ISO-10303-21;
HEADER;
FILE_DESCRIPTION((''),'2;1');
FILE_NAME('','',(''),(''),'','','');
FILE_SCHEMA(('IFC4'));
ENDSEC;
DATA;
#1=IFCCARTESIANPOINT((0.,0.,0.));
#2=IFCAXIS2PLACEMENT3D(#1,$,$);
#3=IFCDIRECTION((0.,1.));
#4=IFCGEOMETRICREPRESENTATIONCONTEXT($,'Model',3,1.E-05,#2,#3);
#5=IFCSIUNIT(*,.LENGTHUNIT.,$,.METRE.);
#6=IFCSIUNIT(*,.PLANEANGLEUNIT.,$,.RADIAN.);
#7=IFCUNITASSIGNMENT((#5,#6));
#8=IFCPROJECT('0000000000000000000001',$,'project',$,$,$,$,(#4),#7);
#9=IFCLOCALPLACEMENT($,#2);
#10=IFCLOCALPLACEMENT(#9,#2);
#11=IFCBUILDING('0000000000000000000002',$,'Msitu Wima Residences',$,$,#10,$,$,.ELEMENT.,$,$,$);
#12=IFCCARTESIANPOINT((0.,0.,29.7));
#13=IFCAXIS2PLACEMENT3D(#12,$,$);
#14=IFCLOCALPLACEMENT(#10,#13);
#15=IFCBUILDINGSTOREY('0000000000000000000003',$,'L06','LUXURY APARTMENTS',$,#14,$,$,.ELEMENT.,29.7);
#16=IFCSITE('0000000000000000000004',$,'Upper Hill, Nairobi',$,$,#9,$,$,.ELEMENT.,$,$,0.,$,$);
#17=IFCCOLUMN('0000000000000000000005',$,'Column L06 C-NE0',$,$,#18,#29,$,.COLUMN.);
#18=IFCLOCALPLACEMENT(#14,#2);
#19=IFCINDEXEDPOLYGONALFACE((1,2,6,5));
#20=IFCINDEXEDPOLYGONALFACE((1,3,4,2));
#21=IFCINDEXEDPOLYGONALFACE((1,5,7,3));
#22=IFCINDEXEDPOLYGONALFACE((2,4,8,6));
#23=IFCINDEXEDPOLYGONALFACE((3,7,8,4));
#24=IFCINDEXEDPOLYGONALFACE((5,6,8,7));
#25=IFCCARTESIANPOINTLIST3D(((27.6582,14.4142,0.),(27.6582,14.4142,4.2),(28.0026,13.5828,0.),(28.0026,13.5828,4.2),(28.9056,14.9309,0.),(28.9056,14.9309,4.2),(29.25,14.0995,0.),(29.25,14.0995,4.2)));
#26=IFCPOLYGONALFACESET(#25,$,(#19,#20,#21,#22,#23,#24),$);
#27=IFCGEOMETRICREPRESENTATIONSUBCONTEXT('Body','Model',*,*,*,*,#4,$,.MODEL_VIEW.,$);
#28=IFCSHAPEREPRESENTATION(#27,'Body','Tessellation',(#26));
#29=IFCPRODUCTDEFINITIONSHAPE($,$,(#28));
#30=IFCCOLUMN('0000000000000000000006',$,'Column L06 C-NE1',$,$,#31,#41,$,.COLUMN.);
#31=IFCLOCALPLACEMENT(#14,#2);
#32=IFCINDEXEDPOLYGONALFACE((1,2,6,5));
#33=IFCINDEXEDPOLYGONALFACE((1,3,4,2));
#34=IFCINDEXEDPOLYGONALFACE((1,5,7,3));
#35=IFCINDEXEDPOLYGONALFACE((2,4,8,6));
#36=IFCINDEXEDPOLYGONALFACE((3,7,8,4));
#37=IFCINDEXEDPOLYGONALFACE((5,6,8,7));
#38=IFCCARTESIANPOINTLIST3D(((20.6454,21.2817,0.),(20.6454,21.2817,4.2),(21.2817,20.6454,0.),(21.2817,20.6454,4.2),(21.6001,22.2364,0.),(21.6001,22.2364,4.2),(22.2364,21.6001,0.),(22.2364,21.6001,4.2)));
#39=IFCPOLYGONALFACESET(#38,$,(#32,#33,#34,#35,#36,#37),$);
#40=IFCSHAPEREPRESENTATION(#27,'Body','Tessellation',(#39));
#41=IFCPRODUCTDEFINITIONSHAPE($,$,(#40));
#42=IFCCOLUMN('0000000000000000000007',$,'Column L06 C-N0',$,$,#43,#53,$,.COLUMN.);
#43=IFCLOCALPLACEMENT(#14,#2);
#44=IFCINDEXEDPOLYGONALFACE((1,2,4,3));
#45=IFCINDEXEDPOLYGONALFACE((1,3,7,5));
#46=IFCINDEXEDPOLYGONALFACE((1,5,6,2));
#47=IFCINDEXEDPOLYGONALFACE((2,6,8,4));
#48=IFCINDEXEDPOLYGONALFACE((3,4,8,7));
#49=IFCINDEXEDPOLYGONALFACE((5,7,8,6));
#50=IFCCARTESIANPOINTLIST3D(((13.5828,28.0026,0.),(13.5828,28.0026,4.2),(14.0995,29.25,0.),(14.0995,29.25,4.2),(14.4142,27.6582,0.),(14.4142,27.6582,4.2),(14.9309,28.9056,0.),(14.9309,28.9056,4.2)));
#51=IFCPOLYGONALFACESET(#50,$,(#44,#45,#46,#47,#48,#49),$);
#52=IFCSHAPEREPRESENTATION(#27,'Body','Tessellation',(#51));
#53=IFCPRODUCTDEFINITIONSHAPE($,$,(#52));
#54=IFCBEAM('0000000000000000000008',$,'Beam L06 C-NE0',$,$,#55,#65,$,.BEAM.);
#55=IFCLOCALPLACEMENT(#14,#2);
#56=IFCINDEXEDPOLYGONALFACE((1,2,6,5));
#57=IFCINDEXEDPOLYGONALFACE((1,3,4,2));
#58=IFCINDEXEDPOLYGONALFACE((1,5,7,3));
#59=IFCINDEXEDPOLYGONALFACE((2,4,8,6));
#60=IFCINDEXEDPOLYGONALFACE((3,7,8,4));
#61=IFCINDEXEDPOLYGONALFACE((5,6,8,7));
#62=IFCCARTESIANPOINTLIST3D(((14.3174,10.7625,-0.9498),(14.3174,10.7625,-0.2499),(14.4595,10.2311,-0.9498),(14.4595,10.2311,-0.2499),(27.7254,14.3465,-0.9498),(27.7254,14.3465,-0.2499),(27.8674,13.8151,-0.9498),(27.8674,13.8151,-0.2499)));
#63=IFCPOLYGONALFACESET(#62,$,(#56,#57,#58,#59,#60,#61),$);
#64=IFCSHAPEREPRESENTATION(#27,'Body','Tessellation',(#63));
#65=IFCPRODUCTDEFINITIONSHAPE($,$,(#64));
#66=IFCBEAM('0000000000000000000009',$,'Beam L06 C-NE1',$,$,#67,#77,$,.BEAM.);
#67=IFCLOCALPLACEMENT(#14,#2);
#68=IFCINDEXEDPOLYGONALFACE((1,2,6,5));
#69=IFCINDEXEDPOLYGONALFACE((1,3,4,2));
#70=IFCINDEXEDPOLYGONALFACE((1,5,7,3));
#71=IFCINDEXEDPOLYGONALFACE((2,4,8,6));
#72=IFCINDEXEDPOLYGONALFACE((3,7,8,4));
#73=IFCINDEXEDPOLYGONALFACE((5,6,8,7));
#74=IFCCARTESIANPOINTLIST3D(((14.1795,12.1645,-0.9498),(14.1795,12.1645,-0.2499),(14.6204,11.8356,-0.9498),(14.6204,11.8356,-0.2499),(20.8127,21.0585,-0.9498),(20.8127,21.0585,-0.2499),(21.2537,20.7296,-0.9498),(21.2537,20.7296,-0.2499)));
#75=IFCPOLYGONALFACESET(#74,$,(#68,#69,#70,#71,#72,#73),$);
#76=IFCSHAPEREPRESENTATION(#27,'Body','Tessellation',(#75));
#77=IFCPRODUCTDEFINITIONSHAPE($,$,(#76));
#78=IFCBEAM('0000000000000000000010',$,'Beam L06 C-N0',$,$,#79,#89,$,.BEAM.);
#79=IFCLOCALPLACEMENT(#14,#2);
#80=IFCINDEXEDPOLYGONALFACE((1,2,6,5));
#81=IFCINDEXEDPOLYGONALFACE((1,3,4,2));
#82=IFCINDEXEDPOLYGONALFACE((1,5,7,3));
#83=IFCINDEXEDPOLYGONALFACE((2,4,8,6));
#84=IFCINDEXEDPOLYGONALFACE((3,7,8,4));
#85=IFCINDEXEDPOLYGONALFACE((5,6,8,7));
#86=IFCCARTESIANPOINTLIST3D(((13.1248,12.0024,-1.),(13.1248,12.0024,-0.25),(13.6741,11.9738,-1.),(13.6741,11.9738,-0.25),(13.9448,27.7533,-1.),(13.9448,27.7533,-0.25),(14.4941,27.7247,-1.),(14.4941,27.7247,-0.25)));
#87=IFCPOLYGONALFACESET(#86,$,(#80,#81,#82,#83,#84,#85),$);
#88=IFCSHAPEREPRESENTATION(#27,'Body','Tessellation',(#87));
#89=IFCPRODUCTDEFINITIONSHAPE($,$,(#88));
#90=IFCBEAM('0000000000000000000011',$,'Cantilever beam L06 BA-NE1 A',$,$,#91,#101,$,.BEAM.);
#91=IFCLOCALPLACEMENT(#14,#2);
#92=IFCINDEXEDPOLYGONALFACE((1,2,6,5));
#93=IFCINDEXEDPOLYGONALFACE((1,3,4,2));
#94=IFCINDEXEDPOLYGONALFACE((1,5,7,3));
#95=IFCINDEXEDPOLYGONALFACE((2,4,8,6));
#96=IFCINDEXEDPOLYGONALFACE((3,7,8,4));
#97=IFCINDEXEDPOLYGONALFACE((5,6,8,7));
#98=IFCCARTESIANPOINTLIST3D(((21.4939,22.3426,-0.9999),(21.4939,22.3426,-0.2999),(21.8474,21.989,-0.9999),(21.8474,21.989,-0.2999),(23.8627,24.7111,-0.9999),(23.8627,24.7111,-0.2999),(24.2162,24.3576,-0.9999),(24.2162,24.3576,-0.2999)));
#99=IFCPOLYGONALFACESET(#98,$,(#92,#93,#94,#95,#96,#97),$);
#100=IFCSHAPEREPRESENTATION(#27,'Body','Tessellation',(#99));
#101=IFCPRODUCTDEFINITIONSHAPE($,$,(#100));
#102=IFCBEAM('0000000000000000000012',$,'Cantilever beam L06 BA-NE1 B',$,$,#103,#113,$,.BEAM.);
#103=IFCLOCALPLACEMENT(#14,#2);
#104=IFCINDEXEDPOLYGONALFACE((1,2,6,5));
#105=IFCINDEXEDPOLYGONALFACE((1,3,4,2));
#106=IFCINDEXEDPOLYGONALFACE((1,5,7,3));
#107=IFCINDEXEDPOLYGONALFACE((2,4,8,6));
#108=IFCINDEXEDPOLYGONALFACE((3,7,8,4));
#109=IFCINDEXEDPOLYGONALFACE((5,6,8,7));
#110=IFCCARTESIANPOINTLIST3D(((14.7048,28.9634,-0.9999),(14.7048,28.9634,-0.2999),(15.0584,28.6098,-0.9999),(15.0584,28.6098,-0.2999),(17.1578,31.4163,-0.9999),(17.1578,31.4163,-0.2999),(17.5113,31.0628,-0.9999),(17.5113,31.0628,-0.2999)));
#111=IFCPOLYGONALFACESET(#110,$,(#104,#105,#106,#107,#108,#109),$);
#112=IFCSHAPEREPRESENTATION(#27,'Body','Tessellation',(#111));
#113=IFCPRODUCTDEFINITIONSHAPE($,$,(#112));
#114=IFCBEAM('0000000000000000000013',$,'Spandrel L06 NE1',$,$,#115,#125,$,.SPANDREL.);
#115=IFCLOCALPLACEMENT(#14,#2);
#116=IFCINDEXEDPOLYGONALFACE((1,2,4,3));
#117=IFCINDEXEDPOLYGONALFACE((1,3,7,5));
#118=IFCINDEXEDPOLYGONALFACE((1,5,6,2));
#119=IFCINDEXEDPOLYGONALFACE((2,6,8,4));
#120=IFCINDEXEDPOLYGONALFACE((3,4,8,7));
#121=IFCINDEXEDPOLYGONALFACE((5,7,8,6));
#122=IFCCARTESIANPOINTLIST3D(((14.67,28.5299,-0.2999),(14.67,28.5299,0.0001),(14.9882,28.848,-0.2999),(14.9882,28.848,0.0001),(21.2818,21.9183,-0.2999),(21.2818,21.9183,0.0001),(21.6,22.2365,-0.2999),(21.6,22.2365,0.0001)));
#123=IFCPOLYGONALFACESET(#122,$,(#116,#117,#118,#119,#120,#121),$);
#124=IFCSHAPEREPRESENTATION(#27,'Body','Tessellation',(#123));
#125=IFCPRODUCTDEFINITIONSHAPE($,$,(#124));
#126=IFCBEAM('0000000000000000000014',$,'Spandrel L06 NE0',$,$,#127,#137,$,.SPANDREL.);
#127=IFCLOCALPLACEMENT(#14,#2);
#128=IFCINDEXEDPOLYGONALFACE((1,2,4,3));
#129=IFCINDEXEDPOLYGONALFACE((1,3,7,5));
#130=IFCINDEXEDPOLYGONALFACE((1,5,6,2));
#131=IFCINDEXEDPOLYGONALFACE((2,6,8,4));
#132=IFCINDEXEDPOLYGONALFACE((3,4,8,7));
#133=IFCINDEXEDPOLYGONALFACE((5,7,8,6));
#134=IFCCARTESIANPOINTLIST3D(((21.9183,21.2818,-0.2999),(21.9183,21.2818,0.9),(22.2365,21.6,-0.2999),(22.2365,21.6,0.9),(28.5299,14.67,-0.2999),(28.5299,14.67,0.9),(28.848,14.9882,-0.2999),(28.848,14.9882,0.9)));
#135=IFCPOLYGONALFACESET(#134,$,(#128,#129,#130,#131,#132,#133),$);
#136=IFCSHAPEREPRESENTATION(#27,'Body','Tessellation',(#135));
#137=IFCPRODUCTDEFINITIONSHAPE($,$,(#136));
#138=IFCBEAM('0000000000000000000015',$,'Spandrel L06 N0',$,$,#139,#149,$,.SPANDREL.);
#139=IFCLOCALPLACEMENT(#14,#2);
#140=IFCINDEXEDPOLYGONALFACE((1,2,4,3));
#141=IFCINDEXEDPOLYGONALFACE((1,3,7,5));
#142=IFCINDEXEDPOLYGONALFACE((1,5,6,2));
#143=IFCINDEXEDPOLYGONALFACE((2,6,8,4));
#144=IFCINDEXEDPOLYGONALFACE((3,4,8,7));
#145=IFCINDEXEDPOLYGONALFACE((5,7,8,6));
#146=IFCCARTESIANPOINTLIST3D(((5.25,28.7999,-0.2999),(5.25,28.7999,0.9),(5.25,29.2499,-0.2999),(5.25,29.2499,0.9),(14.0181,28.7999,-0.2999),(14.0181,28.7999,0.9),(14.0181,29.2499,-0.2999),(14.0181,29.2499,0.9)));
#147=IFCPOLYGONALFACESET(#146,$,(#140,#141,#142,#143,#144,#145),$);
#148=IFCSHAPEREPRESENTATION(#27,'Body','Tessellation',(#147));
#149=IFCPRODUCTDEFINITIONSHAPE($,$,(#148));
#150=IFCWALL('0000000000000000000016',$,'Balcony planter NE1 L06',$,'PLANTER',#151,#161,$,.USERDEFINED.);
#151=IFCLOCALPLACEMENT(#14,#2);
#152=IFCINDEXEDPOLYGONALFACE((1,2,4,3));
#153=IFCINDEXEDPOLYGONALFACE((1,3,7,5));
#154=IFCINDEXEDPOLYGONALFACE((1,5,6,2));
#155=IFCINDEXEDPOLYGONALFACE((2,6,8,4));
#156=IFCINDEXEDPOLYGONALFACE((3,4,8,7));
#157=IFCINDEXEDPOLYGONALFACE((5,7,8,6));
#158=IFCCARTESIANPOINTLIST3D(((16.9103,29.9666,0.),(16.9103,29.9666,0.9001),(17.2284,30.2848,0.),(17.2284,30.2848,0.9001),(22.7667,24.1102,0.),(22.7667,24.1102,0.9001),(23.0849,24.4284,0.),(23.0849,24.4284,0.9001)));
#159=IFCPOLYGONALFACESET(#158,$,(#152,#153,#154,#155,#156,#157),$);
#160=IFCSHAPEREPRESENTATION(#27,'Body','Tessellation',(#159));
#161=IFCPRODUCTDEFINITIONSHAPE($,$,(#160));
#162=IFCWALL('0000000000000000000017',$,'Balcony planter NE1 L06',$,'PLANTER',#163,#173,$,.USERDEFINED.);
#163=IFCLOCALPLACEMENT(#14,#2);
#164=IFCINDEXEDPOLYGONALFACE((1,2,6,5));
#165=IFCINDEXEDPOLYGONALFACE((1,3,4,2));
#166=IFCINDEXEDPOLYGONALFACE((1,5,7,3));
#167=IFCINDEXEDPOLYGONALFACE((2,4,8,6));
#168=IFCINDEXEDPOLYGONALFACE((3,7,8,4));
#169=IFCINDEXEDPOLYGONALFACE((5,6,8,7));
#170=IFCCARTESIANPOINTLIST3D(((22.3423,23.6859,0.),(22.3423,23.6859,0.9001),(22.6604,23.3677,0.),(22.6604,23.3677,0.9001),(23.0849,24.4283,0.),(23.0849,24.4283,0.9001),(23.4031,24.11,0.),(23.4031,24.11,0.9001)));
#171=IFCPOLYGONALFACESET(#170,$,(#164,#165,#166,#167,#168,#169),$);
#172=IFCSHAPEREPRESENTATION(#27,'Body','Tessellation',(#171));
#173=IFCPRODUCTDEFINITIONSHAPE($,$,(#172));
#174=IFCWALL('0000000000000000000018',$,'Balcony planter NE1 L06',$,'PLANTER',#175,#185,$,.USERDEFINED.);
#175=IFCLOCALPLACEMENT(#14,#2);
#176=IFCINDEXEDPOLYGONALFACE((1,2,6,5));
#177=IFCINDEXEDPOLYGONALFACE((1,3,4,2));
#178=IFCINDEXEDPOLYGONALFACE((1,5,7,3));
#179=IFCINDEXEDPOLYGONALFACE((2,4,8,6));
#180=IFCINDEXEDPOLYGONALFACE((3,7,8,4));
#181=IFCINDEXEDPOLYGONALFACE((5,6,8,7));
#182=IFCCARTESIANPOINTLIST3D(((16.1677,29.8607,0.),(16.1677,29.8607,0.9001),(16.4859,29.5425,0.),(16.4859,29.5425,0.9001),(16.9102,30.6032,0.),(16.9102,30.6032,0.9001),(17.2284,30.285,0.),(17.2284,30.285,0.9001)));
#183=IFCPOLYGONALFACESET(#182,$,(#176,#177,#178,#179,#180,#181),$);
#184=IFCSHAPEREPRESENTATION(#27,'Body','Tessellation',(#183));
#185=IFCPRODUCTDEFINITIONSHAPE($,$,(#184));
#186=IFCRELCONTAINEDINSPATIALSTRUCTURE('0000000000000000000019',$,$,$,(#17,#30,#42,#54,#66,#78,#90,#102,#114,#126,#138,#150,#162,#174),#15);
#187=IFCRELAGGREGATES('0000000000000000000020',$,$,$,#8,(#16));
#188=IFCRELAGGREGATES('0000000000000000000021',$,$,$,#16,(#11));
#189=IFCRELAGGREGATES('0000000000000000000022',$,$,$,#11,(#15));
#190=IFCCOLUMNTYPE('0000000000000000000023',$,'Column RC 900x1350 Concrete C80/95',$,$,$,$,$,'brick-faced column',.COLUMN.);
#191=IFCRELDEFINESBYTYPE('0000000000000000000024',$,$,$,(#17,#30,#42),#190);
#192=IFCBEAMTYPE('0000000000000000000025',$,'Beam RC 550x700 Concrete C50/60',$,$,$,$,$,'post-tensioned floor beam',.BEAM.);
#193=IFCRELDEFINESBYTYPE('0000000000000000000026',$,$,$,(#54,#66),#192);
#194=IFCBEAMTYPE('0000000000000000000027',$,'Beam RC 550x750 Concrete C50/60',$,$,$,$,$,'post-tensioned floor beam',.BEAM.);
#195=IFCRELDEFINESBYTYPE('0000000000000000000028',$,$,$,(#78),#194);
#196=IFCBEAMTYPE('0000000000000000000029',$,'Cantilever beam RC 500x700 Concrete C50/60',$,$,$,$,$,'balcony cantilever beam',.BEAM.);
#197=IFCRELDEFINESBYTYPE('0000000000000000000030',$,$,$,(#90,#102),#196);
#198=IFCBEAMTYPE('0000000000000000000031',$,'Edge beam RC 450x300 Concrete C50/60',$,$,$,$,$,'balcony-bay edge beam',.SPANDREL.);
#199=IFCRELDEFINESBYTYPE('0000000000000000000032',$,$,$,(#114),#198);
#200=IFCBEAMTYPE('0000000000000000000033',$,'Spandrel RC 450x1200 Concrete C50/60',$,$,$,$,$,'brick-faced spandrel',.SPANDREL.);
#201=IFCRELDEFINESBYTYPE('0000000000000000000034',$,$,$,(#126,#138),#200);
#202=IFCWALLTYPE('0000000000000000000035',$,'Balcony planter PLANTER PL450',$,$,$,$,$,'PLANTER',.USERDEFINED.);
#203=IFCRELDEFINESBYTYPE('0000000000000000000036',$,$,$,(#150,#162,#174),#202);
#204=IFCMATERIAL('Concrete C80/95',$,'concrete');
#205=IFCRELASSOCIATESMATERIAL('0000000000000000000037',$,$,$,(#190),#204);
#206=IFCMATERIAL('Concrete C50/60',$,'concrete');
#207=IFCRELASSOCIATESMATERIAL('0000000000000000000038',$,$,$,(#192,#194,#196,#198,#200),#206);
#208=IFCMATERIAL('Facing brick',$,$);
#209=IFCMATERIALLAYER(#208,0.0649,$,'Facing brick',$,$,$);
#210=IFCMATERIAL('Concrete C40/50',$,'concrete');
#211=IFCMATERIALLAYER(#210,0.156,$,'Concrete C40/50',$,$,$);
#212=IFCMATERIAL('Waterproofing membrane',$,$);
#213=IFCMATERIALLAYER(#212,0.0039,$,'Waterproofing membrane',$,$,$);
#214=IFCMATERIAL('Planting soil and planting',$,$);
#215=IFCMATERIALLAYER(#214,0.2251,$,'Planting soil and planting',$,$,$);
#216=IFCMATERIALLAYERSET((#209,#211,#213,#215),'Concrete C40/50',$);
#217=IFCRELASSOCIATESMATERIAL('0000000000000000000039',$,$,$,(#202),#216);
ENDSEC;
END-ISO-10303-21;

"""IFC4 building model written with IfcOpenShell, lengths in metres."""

from ifc_helpers import new_model, si_unit, direction, frame, frame_2d, origin, origin_2d, place, context, subcontext, project, spatial, rectangle, extrude, material, layer, layer_set, material_profile, profile_set, type_object, element, save


model = new_model("IFC4")

# Units and contexts
model_context = context("Model", 3, precision=1e-05, world=origin(), true_north=direction((0.0, 1.0)))
body_context = subcontext(model_context, "Body", "Model", "MODEL_VIEW")
ifc_project = project(units=[si_unit("LENGTHUNIT", "METRE"), si_unit("PLANEANGLEUNIT", "RADIAN")], contexts=[model_context])

# Site, building, storey
site_placement = place(None, origin())
site = spatial("IfcSite", under=ifc_project, at=site_placement, Name="Upper Hill, Nairobi", CompositionType="ELEMENT", RefElevation=0.0)
building_placement = place(site_placement, origin())
building = spatial("IfcBuilding", under=site, at=building_placement, Name="Msitu Wima Residences", CompositionType="ELEMENT")
storey_placement = place(building_placement, frame((0.0, 0.0, 29.7)))
storey = spatial("IfcBuildingStorey", under=building, at=storey_placement, Name="L06", Description="LUXURY APARTMENTS", CompositionType="ELEMENT", Elevation=29.7)

# Columns
ifc_material_1 = material(Name="Concrete C80/95", Category="concrete")
ifc_material_profile_1 = material_profile(ifc_material_1, rectangle(XDim=0.8999, YDim=1.3501, at=origin_2d()), Name="RC 900x1350")
ifc_profile_set_1 = profile_set([ifc_material_profile_1], Name="Concrete C80/95")
column_type = type_object("IfcColumnType", Name="Column RC 900x1350 Concrete C80/95", ElementType="brick-faced column", PredefinedType="COLUMN", material=ifc_profile_set_1)
for number, where, z_axis, x_axis, name in (
    (1, (28.4541, 14.2568, 0.0), (0.0, 0.0, 1.0), (-0.382683, 0.92388, 0.0), "Column L06 C-NE0"),
    (2, (21.4409, 21.4409, 0.0), (0.0, 0.0, 1.0), (-0.707107, 0.707107, 0.0), "Column L06 C-NE1"),
    (3, (14.2568, 28.4541, 0.0), (0.0, 0.0, 1.0), (-0.92388, 0.382683, 0.0), "Column L06 C-N0"),
):
    element("IfcColumn", number, at=place(storey_placement, frame(where, z_axis=z_axis, x_axis=x_axis)), inside=storey, type_object=column_type, Name=name, PredefinedType="COLUMN", context=body_context, shape_type="SweptSolid", body=[
        extrude(rectangle(XDim=0.8999, YDim=1.3501, at=origin_2d()), origin(), (0.0, 0.0, 1.0), 4.2),
    ])

# Beams
ifc_material_2 = material(Name="Concrete C50/60", Category="concrete")
ifc_material_profile_2 = material_profile(ifc_material_2, rectangle(XDim=0.55, YDim=0.7, at=origin_2d()), Name="RC 550x700")
ifc_profile_set_2 = profile_set([ifc_material_profile_2], Name="Concrete C50/60")
beam_type_1 = type_object("IfcBeamType", Name="Beam RC 550x700 Concrete C50/60", ElementType="post-tensioned floor beam", PredefinedType="BEAM", material=ifc_profile_set_2)
beam_1_placement = place(storey_placement, frame((27.7964, 14.0808, -0.5999), z_axis=(-0.966082, -0.258236, 0.0), x_axis=(0.258236, -0.966082, 0.0)))
element("IfcBeam", 4, at=beam_1_placement, inside=storey, type_object=beam_type_1, Name="Beam L06 C-NE0", PredefinedType="BEAM", context=body_context, shape_type="SweptSolid", body=[
    extrude(rectangle(XDim=0.55, YDim=0.7, at=origin_2d()), origin(), (0.0, 0.0, 1.0), 13.8787),
])
beam_2_placement = place(storey_placement, frame((21.0332, 20.894, -0.5999), z_axis=(-0.59785, -0.801608, 0.0), x_axis=(0.801608, -0.59785, 0.0)))
element("IfcBeam", 5, at=beam_2_placement, inside=storey, type_object=beam_type_1, Name="Beam L06 C-NE1", PredefinedType="BEAM", context=body_context, shape_type="SweptSolid", body=[
    extrude(rectangle(XDim=0.55, YDim=0.7, at=origin_2d()), origin(), (0.0, 0.0, 1.0), 11.0952),
])
ifc_material_profile_3 = material_profile(ifc_material_2, rectangle(XDim=0.55, YDim=0.75, at=origin_2d()), Name="RC 550x750")
ifc_profile_set_3 = profile_set([ifc_material_profile_3], Name="Concrete C50/60")
beam_type_2 = type_object("IfcBeamType", Name="Beam RC 550x750 Concrete C50/60", ElementType="post-tensioned floor beam", PredefinedType="BEAM", material=ifc_profile_set_3)
beam_3_placement = place(storey_placement, frame((14.2195, 27.739, -0.625), z_axis=(-0.051994, -0.998647, 0.0), x_axis=(0.998647, -0.051994, 0.0)))
element("IfcBeam", 6, at=beam_3_placement, inside=storey, type_object=beam_type_2, Name="Beam L06 C-N0", PredefinedType="BEAM", context=body_context, shape_type="SweptSolid", body=[
    extrude(rectangle(XDim=0.55, YDim=0.75, at=origin_2d()), origin(), (0.0, 0.0, 1.0), 15.7722),
])
ifc_material_profile_4 = material_profile(ifc_material_2, rectangle(XDim=0.5, YDim=0.7, at=origin_2d()), Name="RC 500x700")
ifc_profile_set_4 = profile_set([ifc_material_profile_4], Name="Concrete C50/60")
beam_type_3 = type_object("IfcBeamType", Name="Cantilever beam RC 500x700 Concrete C50/60", ElementType="balcony cantilever beam", PredefinedType="BEAM", material=ifc_profile_set_4)
beam_4_placement = place(storey_placement, frame((21.6707, 22.1658, -0.6499), z_axis=(0.707143, 0.70707, 0.0), x_axis=(-0.70707, 0.707143, 0.0)))
element("IfcBeam", 7, at=beam_4_placement, inside=storey, type_object=beam_type_3, Name="Cantilever beam L06 BA-NE1 A", PredefinedType="BEAM", context=body_context, shape_type="SweptSolid", body=[
    extrude(rectangle(XDim=0.5, YDim=0.7, at=origin_2d()), origin(), (0.0, 0.0, 1.0), 3.3499),
])
beam_5_placement = place(storey_placement, frame((14.8816, 28.7866, -0.6499), z_axis=(0.707107, 0.707107, 0.0), x_axis=(-0.707107, 0.707107, 0.0)))
element("IfcBeam", 8, at=beam_5_placement, inside=storey, type_object=beam_type_3, Name="Cantilever beam L06 BA-NE1 B", PredefinedType="BEAM", context=body_context, shape_type="SweptSolid", body=[
    extrude(rectangle(XDim=0.5, YDim=0.7, at=origin_2d()), origin(), (0.0, 0.0, 1.0), 3.469),
])
ifc_material_profile_5 = material_profile(ifc_material_2, rectangle(XDim=0.45, YDim=0.3, at=origin_2d()), Name="RC 450x300")
ifc_profile_set_5 = profile_set([ifc_material_profile_5], Name="Concrete C50/60")
beam_type_4 = type_object("IfcBeamType", Name="Edge beam RC 450x300 Concrete C50/60", ElementType="balcony-bay edge beam", PredefinedType="SPANDREL", material=ifc_profile_set_5)
beam_6_placement = place(storey_placement, frame((21.4409, 22.0774, -0.1499), z_axis=(-0.70712, 0.707094, 0.0), x_axis=(-0.707094, -0.70712, 0.0)))
element("IfcBeam", 9, at=beam_6_placement, inside=storey, type_object=beam_type_4, Name="Spandrel L06 NE1", PredefinedType="SPANDREL", context=body_context, shape_type="SweptSolid", body=[
    extrude(rectangle(XDim=0.45, YDim=0.3, at=origin_2d()), origin(), (0.0, 0.0, 1.0), 9.3503),
])
ifc_material_profile_6 = material_profile(ifc_material_2, rectangle(XDim=0.45, YDim=1.2, at=origin_2d()), Name="RC 450x1200")
ifc_profile_set_6 = profile_set([ifc_material_profile_6], Name="Concrete C50/60")
beam_type_5 = type_object("IfcBeamType", Name="Spandrel RC 450x1200 Concrete C50/60", ElementType="brick-faced spandrel", PredefinedType="SPANDREL", material=ifc_profile_set_6)
beam_7_placement = place(storey_placement, frame((28.689, 14.8291, 0.3), z_axis=(-0.707094, 0.70712, 0.0), x_axis=(-0.70712, -0.707094, 0.0)))
element("IfcBeam", 10, at=beam_7_placement, inside=storey, type_object=beam_type_5, Name="Spandrel L06 NE0", PredefinedType="SPANDREL", context=body_context, shape_type="SweptSolid", body=[
    extrude(rectangle(XDim=0.45, YDim=1.2, at=origin_2d()), origin(), (0.0, 0.0, 1.0), 9.3503),
])
beam_8_placement = place(storey_placement, frame((14.0181, 29.0249, 0.3), z_axis=(-1.0, 0.0, 0.0), x_axis=(0.0, -1.0, 0.0)))
element("IfcBeam", 11, at=beam_8_placement, inside=storey, type_object=beam_type_5, Name="Spandrel L06 N0", PredefinedType="SPANDREL", context=body_context, shape_type="SweptSolid", body=[
    extrude(rectangle(XDim=0.45, YDim=1.2, at=origin_2d()), origin(), (0.0, 0.0, 1.0), 8.7681),
])

# Walls
ifc_material_3 = material(Name="Facing brick")
ifc_layer_1 = layer(ifc_material_3, 0.0649, Name="Facing brick")
ifc_material_4 = material(Name="Concrete C40/50", Category="concrete")
ifc_layer_2 = layer(ifc_material_4, 0.156, Name="Concrete C40/50")
ifc_material_5 = material(Name="Waterproofing membrane")
ifc_layer_3 = layer(ifc_material_5, 0.0039, Name="Waterproofing membrane")
ifc_material_6 = material(Name="Planting soil and planting")
ifc_layer_4 = layer(ifc_material_6, 0.2251, Name="Planting soil and planting")
ifc_layer_set_1 = layer_set([ifc_layer_1, ifc_layer_2, ifc_layer_3, ifc_layer_4], Name="Concrete C40/50")
wall_type_1 = type_object("IfcWallType", Name="Balcony planter PLANTER PL450", ElementType="PLANTER", PredefinedType="USERDEFINED", material=ifc_layer_set_1)
wall_1_placement = place(storey_placement, frame((22.9258, 24.2693, 0.0), z_axis=(0.0, 0.0, 1.0), x_axis=(-0.707107, 0.707107, 0.0)))
element("IfcWall", 12, at=wall_1_placement, inside=storey, type_object=wall_type_1, Name="Balcony planter NE1 L06", ObjectType="PLANTER", PredefinedType="USERDEFINED", context=body_context, shape_type="SweptSolid", body=[
    extrude(rectangle(XDim=8.2822, YDim=0.45, at=frame_2d((4.1411, 0.0))), origin(), (0.0, 0.0, 1.0), 0.9001),
])
for number, where, z_axis, x_axis, name in (
    (13, (22.5015, 23.5269, 0.0), (0.0, 0.0, 1.0), (0.707223, 0.706991, 0.0), "Balcony planter NE1 L06"),
    (14, (16.3269, 29.7017, 0.0), (0.0, 0.0, 1.0), (0.707107, 0.707107, 0.0), "Balcony planter NE1 L06"),
):
    element("IfcWall", number, at=place(storey_placement, frame(where, z_axis=z_axis, x_axis=x_axis)), inside=storey, type_object=wall_type_1, Name=name, ObjectType="PLANTER", PredefinedType="USERDEFINED", context=body_context, shape_type="SweptSolid", body=[
        extrude(rectangle(XDim=1.05, YDim=0.45, at=frame_2d((0.5249, 0.0))), origin(), (0.0, 0.0, 1.0), 0.9001),
    ])

save(model, "model.ifc")
